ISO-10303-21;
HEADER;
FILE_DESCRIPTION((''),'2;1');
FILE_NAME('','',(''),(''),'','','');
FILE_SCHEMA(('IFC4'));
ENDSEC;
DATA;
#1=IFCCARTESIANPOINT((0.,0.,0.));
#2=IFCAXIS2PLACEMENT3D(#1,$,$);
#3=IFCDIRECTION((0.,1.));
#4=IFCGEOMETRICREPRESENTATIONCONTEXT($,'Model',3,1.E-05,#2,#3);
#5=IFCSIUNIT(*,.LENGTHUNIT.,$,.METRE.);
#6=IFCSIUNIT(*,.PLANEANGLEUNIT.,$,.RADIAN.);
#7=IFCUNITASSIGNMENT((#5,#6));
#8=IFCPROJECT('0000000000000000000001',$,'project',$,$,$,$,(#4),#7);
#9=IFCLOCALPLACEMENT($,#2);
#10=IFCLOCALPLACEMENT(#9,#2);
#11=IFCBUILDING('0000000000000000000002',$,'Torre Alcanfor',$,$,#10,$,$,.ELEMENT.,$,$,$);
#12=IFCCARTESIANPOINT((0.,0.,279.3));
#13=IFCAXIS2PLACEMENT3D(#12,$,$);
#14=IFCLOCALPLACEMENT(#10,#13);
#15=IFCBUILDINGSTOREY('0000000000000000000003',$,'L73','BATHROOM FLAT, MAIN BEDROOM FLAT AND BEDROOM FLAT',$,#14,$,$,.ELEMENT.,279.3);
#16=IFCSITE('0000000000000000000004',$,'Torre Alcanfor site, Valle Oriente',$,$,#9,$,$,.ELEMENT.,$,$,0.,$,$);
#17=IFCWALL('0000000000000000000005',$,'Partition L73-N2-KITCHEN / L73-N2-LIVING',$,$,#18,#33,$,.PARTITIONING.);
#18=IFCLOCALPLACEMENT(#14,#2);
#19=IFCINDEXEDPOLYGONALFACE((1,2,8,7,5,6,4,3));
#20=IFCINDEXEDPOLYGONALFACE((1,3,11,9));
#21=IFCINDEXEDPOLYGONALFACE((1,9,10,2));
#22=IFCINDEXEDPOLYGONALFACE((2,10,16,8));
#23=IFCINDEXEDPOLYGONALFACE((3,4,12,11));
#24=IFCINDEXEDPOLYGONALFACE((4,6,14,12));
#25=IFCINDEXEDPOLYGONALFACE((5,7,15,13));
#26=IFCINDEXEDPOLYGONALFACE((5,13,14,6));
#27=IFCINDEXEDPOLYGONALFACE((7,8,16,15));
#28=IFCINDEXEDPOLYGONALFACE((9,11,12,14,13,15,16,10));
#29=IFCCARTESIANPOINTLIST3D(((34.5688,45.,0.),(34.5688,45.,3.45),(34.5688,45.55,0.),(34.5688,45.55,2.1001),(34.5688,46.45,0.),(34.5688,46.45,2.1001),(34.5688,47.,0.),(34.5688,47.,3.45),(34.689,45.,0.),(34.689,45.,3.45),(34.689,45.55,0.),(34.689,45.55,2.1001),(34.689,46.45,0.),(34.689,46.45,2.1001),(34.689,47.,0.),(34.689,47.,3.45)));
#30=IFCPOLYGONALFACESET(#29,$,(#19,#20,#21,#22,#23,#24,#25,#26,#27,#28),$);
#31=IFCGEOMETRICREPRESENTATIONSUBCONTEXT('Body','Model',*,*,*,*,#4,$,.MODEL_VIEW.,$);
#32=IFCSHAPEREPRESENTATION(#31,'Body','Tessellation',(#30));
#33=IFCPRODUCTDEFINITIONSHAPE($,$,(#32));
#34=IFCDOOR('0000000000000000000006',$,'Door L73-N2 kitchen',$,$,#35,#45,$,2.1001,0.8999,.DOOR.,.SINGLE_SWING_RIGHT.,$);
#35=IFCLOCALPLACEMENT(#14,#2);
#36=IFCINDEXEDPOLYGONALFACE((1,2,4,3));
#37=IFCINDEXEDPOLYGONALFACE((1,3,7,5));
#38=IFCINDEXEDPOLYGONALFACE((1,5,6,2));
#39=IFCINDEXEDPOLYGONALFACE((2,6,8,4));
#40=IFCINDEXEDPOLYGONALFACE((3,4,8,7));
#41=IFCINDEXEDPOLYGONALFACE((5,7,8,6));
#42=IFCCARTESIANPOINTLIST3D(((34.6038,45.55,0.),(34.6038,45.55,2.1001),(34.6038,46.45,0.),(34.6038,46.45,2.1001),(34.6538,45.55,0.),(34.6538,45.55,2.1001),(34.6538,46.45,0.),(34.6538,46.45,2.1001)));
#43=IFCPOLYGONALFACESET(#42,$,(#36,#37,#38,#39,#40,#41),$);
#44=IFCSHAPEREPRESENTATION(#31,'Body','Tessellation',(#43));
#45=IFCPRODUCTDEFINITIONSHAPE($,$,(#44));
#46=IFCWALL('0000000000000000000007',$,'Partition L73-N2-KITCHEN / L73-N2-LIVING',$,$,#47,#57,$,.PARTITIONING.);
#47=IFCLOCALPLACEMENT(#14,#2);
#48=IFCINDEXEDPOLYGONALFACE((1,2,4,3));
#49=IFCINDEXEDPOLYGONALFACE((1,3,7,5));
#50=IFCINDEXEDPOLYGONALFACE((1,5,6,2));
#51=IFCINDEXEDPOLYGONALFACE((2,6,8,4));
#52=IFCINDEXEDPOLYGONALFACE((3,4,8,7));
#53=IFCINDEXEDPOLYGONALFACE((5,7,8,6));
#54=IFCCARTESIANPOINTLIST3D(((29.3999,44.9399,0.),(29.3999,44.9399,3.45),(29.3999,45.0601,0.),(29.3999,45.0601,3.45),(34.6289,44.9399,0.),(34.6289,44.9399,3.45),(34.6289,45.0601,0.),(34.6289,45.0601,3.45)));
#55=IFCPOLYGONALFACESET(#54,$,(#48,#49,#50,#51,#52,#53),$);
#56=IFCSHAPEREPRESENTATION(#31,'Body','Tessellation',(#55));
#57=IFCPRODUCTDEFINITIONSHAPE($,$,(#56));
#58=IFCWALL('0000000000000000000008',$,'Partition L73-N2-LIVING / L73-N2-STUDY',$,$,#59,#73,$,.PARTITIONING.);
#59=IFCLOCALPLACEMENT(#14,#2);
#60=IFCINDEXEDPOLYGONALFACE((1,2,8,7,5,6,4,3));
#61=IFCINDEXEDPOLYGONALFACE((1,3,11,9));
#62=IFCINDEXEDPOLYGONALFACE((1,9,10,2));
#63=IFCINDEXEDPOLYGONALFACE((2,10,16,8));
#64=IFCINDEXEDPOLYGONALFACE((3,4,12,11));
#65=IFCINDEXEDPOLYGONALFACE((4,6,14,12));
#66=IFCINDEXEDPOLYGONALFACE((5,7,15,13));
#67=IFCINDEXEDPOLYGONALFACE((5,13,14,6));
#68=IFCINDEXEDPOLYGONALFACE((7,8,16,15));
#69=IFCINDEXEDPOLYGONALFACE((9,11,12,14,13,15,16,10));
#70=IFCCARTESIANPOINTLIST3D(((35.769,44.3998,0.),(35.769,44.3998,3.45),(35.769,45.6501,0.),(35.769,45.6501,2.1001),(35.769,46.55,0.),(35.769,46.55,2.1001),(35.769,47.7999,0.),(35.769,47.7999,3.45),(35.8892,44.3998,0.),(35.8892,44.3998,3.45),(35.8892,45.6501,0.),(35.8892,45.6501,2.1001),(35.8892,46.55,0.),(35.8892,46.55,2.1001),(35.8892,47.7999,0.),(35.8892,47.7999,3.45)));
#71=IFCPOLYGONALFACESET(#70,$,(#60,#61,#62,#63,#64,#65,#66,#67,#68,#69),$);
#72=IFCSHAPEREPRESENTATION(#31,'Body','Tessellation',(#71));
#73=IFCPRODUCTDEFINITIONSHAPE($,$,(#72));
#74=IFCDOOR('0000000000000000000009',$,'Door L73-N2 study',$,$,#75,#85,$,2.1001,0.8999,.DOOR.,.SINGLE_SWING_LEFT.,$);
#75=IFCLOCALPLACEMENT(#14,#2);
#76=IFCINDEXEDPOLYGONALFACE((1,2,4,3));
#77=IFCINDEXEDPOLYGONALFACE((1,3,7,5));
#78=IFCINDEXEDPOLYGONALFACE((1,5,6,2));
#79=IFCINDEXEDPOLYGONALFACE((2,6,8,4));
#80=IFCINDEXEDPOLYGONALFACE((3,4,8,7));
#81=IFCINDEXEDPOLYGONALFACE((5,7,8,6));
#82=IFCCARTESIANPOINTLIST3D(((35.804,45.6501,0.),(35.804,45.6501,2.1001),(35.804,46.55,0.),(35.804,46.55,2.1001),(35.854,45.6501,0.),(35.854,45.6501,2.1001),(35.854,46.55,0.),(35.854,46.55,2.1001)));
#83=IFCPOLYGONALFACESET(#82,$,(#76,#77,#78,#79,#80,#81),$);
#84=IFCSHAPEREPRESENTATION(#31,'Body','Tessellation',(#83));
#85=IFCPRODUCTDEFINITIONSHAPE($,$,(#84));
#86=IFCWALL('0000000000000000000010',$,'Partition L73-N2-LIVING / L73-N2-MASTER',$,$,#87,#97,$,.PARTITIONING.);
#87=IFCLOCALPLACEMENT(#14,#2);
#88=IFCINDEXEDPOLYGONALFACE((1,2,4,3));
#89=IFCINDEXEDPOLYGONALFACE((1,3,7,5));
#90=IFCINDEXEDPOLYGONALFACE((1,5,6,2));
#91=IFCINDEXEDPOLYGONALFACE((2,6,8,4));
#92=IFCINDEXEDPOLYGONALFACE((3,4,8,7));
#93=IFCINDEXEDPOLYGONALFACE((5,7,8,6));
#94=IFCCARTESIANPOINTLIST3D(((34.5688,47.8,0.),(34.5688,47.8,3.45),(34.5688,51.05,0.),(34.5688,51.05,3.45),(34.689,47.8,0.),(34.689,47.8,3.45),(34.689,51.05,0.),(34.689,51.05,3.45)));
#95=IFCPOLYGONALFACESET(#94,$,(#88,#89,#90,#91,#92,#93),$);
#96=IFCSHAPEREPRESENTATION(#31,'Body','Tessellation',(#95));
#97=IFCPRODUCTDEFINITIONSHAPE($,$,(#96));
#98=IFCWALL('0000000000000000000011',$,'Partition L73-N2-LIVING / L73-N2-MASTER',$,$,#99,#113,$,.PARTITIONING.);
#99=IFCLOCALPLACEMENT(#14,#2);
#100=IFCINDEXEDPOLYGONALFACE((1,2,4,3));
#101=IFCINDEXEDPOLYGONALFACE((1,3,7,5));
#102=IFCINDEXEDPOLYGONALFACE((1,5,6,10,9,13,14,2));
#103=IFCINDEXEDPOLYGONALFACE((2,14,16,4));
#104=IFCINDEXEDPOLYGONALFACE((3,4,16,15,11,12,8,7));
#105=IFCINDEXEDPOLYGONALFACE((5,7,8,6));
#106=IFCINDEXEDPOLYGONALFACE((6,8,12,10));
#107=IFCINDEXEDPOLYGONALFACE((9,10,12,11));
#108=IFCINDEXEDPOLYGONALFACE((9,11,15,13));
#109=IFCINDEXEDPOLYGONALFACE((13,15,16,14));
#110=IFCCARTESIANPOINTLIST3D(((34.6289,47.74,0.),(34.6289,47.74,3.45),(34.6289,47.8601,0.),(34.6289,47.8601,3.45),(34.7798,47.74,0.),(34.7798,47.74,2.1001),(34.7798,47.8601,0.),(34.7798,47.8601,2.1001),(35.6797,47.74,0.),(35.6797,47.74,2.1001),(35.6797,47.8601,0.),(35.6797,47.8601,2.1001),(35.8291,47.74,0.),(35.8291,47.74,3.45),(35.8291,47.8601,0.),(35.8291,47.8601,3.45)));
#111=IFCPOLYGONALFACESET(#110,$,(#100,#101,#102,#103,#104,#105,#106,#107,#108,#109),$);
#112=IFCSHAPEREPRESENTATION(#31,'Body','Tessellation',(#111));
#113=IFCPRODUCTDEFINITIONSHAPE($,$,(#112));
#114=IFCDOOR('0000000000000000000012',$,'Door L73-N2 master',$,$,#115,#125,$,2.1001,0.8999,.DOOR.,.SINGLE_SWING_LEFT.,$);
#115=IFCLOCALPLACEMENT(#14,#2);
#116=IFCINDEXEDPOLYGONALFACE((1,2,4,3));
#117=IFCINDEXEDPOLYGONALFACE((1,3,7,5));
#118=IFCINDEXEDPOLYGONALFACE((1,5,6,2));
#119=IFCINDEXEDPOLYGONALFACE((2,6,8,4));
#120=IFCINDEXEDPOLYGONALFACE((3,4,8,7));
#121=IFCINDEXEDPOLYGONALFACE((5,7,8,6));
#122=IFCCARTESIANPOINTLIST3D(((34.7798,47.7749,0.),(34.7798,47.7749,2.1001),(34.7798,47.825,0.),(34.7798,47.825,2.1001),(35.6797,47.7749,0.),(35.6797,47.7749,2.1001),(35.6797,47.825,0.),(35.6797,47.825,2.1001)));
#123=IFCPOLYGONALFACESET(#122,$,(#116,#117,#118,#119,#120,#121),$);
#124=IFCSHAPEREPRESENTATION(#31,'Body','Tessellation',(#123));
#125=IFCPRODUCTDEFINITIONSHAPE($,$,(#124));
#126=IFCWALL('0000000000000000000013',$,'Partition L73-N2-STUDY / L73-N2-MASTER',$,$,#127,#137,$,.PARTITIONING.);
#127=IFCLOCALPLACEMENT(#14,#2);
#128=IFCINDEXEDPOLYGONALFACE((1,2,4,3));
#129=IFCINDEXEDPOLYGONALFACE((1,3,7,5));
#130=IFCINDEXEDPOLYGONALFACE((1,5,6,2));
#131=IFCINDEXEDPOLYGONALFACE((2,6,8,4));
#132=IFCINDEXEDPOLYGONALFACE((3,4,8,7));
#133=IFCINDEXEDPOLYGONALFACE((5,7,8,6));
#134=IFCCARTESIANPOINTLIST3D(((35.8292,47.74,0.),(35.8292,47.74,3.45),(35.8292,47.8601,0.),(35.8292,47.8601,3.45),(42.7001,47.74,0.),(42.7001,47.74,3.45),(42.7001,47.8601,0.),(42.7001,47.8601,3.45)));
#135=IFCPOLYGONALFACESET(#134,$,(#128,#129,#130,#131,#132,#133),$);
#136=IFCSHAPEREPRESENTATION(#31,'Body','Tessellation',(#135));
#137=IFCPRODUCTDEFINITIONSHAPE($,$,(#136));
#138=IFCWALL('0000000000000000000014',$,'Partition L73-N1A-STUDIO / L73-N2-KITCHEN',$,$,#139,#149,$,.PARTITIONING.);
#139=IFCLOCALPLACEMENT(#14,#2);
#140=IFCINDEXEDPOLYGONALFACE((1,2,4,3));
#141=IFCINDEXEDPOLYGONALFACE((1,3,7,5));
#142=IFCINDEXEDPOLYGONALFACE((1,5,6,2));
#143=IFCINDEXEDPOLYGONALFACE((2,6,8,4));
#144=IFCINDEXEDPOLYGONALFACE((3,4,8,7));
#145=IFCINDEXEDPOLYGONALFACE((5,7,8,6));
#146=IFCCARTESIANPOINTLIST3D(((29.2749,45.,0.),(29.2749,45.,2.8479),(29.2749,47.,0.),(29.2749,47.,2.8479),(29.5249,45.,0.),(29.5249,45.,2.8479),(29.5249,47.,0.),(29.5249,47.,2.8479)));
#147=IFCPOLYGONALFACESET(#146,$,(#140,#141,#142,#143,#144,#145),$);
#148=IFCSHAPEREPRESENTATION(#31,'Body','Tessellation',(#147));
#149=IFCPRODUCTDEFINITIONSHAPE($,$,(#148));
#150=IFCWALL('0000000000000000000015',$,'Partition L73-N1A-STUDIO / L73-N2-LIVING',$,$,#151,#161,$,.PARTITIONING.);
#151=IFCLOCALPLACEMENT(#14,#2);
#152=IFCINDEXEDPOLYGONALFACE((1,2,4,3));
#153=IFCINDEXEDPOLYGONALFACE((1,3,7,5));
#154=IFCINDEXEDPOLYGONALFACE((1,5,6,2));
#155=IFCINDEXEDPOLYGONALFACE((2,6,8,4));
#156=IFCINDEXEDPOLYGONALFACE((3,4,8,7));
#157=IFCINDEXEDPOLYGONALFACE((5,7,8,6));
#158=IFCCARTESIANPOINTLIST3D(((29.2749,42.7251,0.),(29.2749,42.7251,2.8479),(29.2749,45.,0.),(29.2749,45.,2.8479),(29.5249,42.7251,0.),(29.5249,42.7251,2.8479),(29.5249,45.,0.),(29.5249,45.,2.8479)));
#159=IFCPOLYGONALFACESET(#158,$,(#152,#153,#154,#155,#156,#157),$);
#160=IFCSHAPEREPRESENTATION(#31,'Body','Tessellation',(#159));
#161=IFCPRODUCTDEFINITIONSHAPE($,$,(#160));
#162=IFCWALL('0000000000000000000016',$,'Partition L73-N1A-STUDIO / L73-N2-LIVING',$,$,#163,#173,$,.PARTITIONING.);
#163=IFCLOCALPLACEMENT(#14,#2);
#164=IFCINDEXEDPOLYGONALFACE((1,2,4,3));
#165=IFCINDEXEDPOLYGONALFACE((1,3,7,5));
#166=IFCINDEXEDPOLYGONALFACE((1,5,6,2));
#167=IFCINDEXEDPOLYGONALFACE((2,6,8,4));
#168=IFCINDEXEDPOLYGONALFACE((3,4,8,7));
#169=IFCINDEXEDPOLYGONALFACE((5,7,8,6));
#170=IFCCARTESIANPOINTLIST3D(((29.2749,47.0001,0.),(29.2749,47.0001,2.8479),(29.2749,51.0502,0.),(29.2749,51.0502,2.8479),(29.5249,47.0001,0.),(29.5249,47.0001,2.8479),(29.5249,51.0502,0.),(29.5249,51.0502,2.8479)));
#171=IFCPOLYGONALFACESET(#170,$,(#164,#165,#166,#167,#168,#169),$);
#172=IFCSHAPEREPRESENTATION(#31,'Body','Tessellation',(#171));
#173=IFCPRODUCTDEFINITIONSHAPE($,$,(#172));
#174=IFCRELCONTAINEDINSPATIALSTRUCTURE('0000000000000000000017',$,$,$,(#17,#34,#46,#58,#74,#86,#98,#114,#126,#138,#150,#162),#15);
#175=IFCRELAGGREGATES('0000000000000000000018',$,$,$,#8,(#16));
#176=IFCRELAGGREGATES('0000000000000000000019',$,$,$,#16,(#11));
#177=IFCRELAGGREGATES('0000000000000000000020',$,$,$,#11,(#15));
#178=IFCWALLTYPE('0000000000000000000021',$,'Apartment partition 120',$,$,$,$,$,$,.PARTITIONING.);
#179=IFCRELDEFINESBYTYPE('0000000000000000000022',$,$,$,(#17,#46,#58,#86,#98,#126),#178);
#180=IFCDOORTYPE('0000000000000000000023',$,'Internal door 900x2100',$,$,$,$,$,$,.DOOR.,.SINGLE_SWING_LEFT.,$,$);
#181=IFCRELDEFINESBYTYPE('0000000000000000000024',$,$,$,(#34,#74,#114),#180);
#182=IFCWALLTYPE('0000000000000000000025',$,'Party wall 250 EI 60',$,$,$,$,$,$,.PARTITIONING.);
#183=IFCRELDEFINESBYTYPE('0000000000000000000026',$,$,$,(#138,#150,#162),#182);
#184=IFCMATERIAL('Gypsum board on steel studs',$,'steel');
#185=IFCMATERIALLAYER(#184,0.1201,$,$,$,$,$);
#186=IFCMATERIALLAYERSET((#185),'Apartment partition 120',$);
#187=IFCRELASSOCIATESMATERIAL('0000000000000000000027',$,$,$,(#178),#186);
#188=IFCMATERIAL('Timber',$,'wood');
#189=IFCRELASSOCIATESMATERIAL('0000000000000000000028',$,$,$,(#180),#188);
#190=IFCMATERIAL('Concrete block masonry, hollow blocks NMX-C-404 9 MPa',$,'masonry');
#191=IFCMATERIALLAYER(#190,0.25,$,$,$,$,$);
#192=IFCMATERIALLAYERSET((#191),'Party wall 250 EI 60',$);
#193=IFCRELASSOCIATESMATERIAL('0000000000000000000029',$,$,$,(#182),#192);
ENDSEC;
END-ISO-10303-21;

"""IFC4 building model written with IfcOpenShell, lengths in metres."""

from ifc_helpers import new_model, si_unit, direction, frame, frame_2d, origin, place, context, subcontext, project, spatial, rectangle, extrude, material, layer, layer_set, type_object, element, fill, save


model = new_model("IFC4")

# Units and contexts
model_context = context("Model", 3, precision=1e-05, world=origin(), true_north=direction((0.0, 1.0)))
body_context = subcontext(model_context, "Body", "Model", "MODEL_VIEW")
ifc_project = project(units=[si_unit("LENGTHUNIT", "METRE"), si_unit("PLANEANGLEUNIT", "RADIAN")], contexts=[model_context])

# Site, building, storey
site_placement = place(None, origin())
site = spatial("IfcSite", under=ifc_project, at=site_placement, Name="Torre Alcanfor site, Valle Oriente", CompositionType="ELEMENT", RefElevation=0.0)
building_placement = place(site_placement, origin())
building = spatial("IfcBuilding", under=site, at=building_placement, Name="Torre Alcanfor", CompositionType="ELEMENT")
storey_placement = place(building_placement, frame((0.0, 0.0, 279.3)))
storey = spatial("IfcBuildingStorey", under=building, at=storey_placement, Name="L73", Description="BATHROOM FLAT, MAIN BEDROOM FLAT AND BEDROOM FLAT", CompositionType="ELEMENT", Elevation=279.3)

# Shared definitions
ifc_material_1 = material(Name="Gypsum board on steel studs", Category="steel")
ifc_layer_1 = layer(ifc_material_1, 0.1201)
ifc_layer_set_1 = layer_set([ifc_layer_1], Name="Apartment partition 120")
wall_type_1 = type_object("IfcWallType", Name="Apartment partition 120", PredefinedType="PARTITIONING", material=ifc_layer_set_1)

# Wall, opening, door
wall_1_placement = place(storey_placement, frame((34.6289, 47.0, 0.0), z_axis=(0.0, 0.0, 1.0), x_axis=(0.0, -1.0, 0.0)))
wall_1 = element("IfcWall", 1, at=wall_1_placement, inside=storey, type_object=wall_type_1, Name="Partition L73-N2-KITCHEN / L73-N2-LIVING", PredefinedType="PARTITIONING", context=body_context, shape_type="SweptSolid", body=[
    extrude(rectangle(XDim=2.0, YDim=0.1201, at=frame_2d((1.0, 0.0))), origin(), (0.0, 0.0, 1.0), 3.45),
])
opening_1_placement = place(wall_1_placement, frame((0.55, 0.0, 0.0)))
opening_1 = element("IfcOpeningElement", 2, at=opening_1_placement, cuts=wall_1, PredefinedType="OPENING", context=body_context, shape_type="SweptSolid", body=[
    extrude(rectangle(XDim=0.8999, YDim=2.1001, at=frame_2d((0.45, 1.05))), frame((0.0, 0.0701, 0.0), z_axis=(0.0, -1.0, 0.0), x_axis=(1.0, 0.0, 0.0)), (0.0, 0.0, 1.0), 0.1401),
])
ifc_material_2 = material(Name="Timber", Category="wood")
door_type_1 = type_object("IfcDoorType", Name="Internal door 900x2100", OperationType="SINGLE_SWING_LEFT", PredefinedType="DOOR", material=ifc_material_2)
door_1_placement = place(opening_1_placement, frame((0.8999, 0.0, 0.0), z_axis=(0.0, 0.0, 1.0), x_axis=(-1.0, 0.0, 0.0)))
door_1 = element("IfcDoor", 3, at=door_1_placement, inside=storey, type_object=door_type_1, Name="Door L73-N2 kitchen", OperationType="SINGLE_SWING_RIGHT", OverallHeight=2.1001, OverallWidth=0.8999, PredefinedType="DOOR", context=body_context, shape_type="SweptSolid", body=[
    extrude(rectangle(XDim=0.8999, YDim=2.1001, at=frame_2d((0.45, 1.05))), frame((0.0, 0.0251, 0.0), z_axis=(0.0, -1.0, 0.0), x_axis=(1.0, 0.0, 0.0)), (0.0, 0.0, 1.0), 0.05),
])
fill(opening_1, door_1)

# Wall
wall_2_placement = place(storey_placement, frame((34.6289, 45.0, 0.0), z_axis=(0.0, 0.0, 1.0), x_axis=(-1.0, 0.0, 0.0)))
element("IfcWall", 4, at=wall_2_placement, inside=storey, type_object=wall_type_1, Name="Partition L73-N2-KITCHEN / L73-N2-LIVING", PredefinedType="PARTITIONING", context=body_context, shape_type="SweptSolid", body=[
    extrude(rectangle(XDim=5.229, YDim=0.1201, at=frame_2d((2.6145, 0.0))), origin(), (0.0, 0.0, 1.0), 3.45),
])

# Wall, opening, door
wall_3_placement = place(storey_placement, frame((35.8291, 47.8, 0.0), z_axis=(0.0, 0.0, 1.0), x_axis=(0.0, -1.0, 0.0)))
wall_3 = element("IfcWall", 5, at=wall_3_placement, inside=storey, type_object=wall_type_1, Name="Partition L73-N2-LIVING / L73-N2-STUDY", PredefinedType="PARTITIONING", context=body_context, shape_type="SweptSolid", body=[
    extrude(rectangle(XDim=3.4001, YDim=0.1201, at=frame_2d((1.7002, 0.0))), origin(), (0.0, 0.0, 1.0), 3.45),
])
opening_2_placement = place(wall_3_placement, frame((1.25, 0.0, 0.0)))
opening_2 = element("IfcOpeningElement", 6, at=opening_2_placement, cuts=wall_3, PredefinedType="OPENING", context=body_context, shape_type="SweptSolid", body=[
    extrude(rectangle(XDim=0.8999, YDim=2.1001, at=frame_2d((0.45, 1.05))), frame((0.0, 0.0701, 0.0), z_axis=(0.0, -1.0, 0.0), x_axis=(1.0, 0.0, 0.0)), (0.0, 0.0, 1.0), 0.1401),
])
door_2_placement = place(opening_2_placement, origin())
door_2 = element("IfcDoor", 7, at=door_2_placement, inside=storey, type_object=door_type_1, Name="Door L73-N2 study", OperationType="SINGLE_SWING_LEFT", OverallHeight=2.1001, OverallWidth=0.8999, PredefinedType="DOOR", context=body_context, shape_type="SweptSolid", body=[
    extrude(rectangle(XDim=0.8999, YDim=2.1001, at=frame_2d((0.45, 1.05))), frame((0.0, 0.0249, 0.0), z_axis=(0.0, -1.0, 0.0), x_axis=(1.0, 0.0, 0.0)), (0.0, 0.0, 1.0), 0.05),
])
fill(opening_2, door_2)

# Wall
wall_4_placement = place(storey_placement, frame((34.6289, 51.05, 0.0), z_axis=(0.0, 0.0, 1.0), x_axis=(0.0, -1.0, 0.0)))
element("IfcWall", 8, at=wall_4_placement, inside=storey, type_object=wall_type_1, Name="Partition L73-N2-LIVING / L73-N2-MASTER", PredefinedType="PARTITIONING", context=body_context, shape_type="SweptSolid", body=[
    extrude(rectangle(XDim=3.25, YDim=0.1201, at=frame_2d((1.625, 0.0))), origin(), (0.0, 0.0, 1.0), 3.45),
])

# Wall, opening, door
wall_5_placement = place(storey_placement, frame((34.6289, 47.8, 0.0), z_axis=(0.0, 0.0, 1.0), x_axis=(1.0, 0.0, 0.0)))
wall_5 = element("IfcWall", 9, at=wall_5_placement, inside=storey, type_object=wall_type_1, Name="Partition L73-N2-LIVING / L73-N2-MASTER", PredefinedType="PARTITIONING", context=body_context, shape_type="SweptSolid", body=[
    extrude(rectangle(XDim=1.2002, YDim=0.1201, at=frame_2d((0.6001, 0.0))), origin(), (0.0, 0.0, 1.0), 3.45),
])
opening_3_placement = place(wall_5_placement, frame((0.1509, 0.0, 0.0)))
opening_3 = element("IfcOpeningElement", 10, at=opening_3_placement, cuts=wall_5, PredefinedType="OPENING", context=body_context, shape_type="SweptSolid", body=[
    extrude(rectangle(XDim=0.8999, YDim=2.1001, at=frame_2d((0.45, 1.05))), frame((0.0, 0.0701, 0.0), z_axis=(0.0, -1.0, 0.0), x_axis=(1.0, 0.0, 0.0)), (0.0, 0.0, 1.0), 0.1401),
])
door_3_placement = place(opening_3_placement, origin())
door_3 = element("IfcDoor", 11, at=door_3_placement, inside=storey, type_object=door_type_1, Name="Door L73-N2 master", OperationType="SINGLE_SWING_LEFT", OverallHeight=2.1001, OverallWidth=0.8999, PredefinedType="DOOR", context=body_context, shape_type="SweptSolid", body=[
    extrude(rectangle(XDim=0.8999, YDim=2.1001, at=frame_2d((0.45, 1.05))), frame((0.0, 0.0249, 0.0), z_axis=(0.0, -1.0, 0.0), x_axis=(1.0, 0.0, 0.0)), (0.0, 0.0, 1.0), 0.05),
])
fill(opening_3, door_3)

# Walls
wall_6_placement = place(storey_placement, frame((35.8291, 47.8, 0.0), z_axis=(0.0, 0.0, 1.0), x_axis=(1.0, 0.0, 0.0)))
element("IfcWall", 12, at=wall_6_placement, inside=storey, type_object=wall_type_1, Name="Partition L73-N2-STUDY / L73-N2-MASTER", PredefinedType="PARTITIONING", context=body_context, shape_type="SweptSolid", body=[
    extrude(rectangle(XDim=6.8708, YDim=0.1201, at=frame_2d((3.4355, 0.0))), origin(), (0.0, 0.0, 1.0), 3.45),
])
ifc_material_3 = material(Name="Concrete block masonry, hollow blocks NMX-C-404 9 MPa", Category="masonry")
ifc_layer_2 = layer(ifc_material_3, 0.25)
ifc_layer_set_2 = layer_set([ifc_layer_2], Name="Party wall 250 EI 60")
wall_type_2 = type_object("IfcWallType", Name="Party wall 250 EI 60", PredefinedType="PARTITIONING", material=ifc_layer_set_2)
wall_7_placement = place(storey_placement, frame((29.3999, 47.0, 0.0), z_axis=(0.0, 0.0, 1.0), x_axis=(0.0, -1.0, 0.0)))
element("IfcWall", 13, at=wall_7_placement, inside=storey, type_object=wall_type_2, Name="Partition L73-N1A-STUDIO / L73-N2-KITCHEN", PredefinedType="PARTITIONING", context=body_context, shape_type="SweptSolid", body=[
    extrude(rectangle(XDim=2.0, YDim=0.25, at=frame_2d((1.0, 0.0))), origin(), (0.0, 0.0, 1.0), 2.8479),
])
wall_8_placement = place(storey_placement, frame((29.3999, 45.0, 0.0), z_axis=(0.0, 0.0, 1.0), x_axis=(0.0, -1.0, 0.0)))
element("IfcWall", 14, at=wall_8_placement, inside=storey, type_object=wall_type_2, Name="Partition L73-N1A-STUDIO / L73-N2-LIVING", PredefinedType="PARTITIONING", context=body_context, shape_type="SweptSolid", body=[
    extrude(rectangle(XDim=2.2749, YDim=0.25, at=frame_2d((1.1375, 0.0))), origin(), (0.0, 0.0, 1.0), 2.8479),
])
wall_9_placement = place(storey_placement, frame((29.3999, 51.05, 0.0), z_axis=(0.0, 0.0, 1.0), x_axis=(0.0, -1.0, 0.0)))
element("IfcWall", 15, at=wall_9_placement, inside=storey, type_object=wall_type_2, Name="Partition L73-N1A-STUDIO / L73-N2-LIVING", PredefinedType="PARTITIONING", context=body_context, shape_type="SweptSolid", body=[
    extrude(rectangle(XDim=4.05, YDim=0.25, at=frame_2d((2.0249, 0.0))), origin(), (0.0, 0.0, 1.0), 2.8479),
])

save(model, "model.ifc")
